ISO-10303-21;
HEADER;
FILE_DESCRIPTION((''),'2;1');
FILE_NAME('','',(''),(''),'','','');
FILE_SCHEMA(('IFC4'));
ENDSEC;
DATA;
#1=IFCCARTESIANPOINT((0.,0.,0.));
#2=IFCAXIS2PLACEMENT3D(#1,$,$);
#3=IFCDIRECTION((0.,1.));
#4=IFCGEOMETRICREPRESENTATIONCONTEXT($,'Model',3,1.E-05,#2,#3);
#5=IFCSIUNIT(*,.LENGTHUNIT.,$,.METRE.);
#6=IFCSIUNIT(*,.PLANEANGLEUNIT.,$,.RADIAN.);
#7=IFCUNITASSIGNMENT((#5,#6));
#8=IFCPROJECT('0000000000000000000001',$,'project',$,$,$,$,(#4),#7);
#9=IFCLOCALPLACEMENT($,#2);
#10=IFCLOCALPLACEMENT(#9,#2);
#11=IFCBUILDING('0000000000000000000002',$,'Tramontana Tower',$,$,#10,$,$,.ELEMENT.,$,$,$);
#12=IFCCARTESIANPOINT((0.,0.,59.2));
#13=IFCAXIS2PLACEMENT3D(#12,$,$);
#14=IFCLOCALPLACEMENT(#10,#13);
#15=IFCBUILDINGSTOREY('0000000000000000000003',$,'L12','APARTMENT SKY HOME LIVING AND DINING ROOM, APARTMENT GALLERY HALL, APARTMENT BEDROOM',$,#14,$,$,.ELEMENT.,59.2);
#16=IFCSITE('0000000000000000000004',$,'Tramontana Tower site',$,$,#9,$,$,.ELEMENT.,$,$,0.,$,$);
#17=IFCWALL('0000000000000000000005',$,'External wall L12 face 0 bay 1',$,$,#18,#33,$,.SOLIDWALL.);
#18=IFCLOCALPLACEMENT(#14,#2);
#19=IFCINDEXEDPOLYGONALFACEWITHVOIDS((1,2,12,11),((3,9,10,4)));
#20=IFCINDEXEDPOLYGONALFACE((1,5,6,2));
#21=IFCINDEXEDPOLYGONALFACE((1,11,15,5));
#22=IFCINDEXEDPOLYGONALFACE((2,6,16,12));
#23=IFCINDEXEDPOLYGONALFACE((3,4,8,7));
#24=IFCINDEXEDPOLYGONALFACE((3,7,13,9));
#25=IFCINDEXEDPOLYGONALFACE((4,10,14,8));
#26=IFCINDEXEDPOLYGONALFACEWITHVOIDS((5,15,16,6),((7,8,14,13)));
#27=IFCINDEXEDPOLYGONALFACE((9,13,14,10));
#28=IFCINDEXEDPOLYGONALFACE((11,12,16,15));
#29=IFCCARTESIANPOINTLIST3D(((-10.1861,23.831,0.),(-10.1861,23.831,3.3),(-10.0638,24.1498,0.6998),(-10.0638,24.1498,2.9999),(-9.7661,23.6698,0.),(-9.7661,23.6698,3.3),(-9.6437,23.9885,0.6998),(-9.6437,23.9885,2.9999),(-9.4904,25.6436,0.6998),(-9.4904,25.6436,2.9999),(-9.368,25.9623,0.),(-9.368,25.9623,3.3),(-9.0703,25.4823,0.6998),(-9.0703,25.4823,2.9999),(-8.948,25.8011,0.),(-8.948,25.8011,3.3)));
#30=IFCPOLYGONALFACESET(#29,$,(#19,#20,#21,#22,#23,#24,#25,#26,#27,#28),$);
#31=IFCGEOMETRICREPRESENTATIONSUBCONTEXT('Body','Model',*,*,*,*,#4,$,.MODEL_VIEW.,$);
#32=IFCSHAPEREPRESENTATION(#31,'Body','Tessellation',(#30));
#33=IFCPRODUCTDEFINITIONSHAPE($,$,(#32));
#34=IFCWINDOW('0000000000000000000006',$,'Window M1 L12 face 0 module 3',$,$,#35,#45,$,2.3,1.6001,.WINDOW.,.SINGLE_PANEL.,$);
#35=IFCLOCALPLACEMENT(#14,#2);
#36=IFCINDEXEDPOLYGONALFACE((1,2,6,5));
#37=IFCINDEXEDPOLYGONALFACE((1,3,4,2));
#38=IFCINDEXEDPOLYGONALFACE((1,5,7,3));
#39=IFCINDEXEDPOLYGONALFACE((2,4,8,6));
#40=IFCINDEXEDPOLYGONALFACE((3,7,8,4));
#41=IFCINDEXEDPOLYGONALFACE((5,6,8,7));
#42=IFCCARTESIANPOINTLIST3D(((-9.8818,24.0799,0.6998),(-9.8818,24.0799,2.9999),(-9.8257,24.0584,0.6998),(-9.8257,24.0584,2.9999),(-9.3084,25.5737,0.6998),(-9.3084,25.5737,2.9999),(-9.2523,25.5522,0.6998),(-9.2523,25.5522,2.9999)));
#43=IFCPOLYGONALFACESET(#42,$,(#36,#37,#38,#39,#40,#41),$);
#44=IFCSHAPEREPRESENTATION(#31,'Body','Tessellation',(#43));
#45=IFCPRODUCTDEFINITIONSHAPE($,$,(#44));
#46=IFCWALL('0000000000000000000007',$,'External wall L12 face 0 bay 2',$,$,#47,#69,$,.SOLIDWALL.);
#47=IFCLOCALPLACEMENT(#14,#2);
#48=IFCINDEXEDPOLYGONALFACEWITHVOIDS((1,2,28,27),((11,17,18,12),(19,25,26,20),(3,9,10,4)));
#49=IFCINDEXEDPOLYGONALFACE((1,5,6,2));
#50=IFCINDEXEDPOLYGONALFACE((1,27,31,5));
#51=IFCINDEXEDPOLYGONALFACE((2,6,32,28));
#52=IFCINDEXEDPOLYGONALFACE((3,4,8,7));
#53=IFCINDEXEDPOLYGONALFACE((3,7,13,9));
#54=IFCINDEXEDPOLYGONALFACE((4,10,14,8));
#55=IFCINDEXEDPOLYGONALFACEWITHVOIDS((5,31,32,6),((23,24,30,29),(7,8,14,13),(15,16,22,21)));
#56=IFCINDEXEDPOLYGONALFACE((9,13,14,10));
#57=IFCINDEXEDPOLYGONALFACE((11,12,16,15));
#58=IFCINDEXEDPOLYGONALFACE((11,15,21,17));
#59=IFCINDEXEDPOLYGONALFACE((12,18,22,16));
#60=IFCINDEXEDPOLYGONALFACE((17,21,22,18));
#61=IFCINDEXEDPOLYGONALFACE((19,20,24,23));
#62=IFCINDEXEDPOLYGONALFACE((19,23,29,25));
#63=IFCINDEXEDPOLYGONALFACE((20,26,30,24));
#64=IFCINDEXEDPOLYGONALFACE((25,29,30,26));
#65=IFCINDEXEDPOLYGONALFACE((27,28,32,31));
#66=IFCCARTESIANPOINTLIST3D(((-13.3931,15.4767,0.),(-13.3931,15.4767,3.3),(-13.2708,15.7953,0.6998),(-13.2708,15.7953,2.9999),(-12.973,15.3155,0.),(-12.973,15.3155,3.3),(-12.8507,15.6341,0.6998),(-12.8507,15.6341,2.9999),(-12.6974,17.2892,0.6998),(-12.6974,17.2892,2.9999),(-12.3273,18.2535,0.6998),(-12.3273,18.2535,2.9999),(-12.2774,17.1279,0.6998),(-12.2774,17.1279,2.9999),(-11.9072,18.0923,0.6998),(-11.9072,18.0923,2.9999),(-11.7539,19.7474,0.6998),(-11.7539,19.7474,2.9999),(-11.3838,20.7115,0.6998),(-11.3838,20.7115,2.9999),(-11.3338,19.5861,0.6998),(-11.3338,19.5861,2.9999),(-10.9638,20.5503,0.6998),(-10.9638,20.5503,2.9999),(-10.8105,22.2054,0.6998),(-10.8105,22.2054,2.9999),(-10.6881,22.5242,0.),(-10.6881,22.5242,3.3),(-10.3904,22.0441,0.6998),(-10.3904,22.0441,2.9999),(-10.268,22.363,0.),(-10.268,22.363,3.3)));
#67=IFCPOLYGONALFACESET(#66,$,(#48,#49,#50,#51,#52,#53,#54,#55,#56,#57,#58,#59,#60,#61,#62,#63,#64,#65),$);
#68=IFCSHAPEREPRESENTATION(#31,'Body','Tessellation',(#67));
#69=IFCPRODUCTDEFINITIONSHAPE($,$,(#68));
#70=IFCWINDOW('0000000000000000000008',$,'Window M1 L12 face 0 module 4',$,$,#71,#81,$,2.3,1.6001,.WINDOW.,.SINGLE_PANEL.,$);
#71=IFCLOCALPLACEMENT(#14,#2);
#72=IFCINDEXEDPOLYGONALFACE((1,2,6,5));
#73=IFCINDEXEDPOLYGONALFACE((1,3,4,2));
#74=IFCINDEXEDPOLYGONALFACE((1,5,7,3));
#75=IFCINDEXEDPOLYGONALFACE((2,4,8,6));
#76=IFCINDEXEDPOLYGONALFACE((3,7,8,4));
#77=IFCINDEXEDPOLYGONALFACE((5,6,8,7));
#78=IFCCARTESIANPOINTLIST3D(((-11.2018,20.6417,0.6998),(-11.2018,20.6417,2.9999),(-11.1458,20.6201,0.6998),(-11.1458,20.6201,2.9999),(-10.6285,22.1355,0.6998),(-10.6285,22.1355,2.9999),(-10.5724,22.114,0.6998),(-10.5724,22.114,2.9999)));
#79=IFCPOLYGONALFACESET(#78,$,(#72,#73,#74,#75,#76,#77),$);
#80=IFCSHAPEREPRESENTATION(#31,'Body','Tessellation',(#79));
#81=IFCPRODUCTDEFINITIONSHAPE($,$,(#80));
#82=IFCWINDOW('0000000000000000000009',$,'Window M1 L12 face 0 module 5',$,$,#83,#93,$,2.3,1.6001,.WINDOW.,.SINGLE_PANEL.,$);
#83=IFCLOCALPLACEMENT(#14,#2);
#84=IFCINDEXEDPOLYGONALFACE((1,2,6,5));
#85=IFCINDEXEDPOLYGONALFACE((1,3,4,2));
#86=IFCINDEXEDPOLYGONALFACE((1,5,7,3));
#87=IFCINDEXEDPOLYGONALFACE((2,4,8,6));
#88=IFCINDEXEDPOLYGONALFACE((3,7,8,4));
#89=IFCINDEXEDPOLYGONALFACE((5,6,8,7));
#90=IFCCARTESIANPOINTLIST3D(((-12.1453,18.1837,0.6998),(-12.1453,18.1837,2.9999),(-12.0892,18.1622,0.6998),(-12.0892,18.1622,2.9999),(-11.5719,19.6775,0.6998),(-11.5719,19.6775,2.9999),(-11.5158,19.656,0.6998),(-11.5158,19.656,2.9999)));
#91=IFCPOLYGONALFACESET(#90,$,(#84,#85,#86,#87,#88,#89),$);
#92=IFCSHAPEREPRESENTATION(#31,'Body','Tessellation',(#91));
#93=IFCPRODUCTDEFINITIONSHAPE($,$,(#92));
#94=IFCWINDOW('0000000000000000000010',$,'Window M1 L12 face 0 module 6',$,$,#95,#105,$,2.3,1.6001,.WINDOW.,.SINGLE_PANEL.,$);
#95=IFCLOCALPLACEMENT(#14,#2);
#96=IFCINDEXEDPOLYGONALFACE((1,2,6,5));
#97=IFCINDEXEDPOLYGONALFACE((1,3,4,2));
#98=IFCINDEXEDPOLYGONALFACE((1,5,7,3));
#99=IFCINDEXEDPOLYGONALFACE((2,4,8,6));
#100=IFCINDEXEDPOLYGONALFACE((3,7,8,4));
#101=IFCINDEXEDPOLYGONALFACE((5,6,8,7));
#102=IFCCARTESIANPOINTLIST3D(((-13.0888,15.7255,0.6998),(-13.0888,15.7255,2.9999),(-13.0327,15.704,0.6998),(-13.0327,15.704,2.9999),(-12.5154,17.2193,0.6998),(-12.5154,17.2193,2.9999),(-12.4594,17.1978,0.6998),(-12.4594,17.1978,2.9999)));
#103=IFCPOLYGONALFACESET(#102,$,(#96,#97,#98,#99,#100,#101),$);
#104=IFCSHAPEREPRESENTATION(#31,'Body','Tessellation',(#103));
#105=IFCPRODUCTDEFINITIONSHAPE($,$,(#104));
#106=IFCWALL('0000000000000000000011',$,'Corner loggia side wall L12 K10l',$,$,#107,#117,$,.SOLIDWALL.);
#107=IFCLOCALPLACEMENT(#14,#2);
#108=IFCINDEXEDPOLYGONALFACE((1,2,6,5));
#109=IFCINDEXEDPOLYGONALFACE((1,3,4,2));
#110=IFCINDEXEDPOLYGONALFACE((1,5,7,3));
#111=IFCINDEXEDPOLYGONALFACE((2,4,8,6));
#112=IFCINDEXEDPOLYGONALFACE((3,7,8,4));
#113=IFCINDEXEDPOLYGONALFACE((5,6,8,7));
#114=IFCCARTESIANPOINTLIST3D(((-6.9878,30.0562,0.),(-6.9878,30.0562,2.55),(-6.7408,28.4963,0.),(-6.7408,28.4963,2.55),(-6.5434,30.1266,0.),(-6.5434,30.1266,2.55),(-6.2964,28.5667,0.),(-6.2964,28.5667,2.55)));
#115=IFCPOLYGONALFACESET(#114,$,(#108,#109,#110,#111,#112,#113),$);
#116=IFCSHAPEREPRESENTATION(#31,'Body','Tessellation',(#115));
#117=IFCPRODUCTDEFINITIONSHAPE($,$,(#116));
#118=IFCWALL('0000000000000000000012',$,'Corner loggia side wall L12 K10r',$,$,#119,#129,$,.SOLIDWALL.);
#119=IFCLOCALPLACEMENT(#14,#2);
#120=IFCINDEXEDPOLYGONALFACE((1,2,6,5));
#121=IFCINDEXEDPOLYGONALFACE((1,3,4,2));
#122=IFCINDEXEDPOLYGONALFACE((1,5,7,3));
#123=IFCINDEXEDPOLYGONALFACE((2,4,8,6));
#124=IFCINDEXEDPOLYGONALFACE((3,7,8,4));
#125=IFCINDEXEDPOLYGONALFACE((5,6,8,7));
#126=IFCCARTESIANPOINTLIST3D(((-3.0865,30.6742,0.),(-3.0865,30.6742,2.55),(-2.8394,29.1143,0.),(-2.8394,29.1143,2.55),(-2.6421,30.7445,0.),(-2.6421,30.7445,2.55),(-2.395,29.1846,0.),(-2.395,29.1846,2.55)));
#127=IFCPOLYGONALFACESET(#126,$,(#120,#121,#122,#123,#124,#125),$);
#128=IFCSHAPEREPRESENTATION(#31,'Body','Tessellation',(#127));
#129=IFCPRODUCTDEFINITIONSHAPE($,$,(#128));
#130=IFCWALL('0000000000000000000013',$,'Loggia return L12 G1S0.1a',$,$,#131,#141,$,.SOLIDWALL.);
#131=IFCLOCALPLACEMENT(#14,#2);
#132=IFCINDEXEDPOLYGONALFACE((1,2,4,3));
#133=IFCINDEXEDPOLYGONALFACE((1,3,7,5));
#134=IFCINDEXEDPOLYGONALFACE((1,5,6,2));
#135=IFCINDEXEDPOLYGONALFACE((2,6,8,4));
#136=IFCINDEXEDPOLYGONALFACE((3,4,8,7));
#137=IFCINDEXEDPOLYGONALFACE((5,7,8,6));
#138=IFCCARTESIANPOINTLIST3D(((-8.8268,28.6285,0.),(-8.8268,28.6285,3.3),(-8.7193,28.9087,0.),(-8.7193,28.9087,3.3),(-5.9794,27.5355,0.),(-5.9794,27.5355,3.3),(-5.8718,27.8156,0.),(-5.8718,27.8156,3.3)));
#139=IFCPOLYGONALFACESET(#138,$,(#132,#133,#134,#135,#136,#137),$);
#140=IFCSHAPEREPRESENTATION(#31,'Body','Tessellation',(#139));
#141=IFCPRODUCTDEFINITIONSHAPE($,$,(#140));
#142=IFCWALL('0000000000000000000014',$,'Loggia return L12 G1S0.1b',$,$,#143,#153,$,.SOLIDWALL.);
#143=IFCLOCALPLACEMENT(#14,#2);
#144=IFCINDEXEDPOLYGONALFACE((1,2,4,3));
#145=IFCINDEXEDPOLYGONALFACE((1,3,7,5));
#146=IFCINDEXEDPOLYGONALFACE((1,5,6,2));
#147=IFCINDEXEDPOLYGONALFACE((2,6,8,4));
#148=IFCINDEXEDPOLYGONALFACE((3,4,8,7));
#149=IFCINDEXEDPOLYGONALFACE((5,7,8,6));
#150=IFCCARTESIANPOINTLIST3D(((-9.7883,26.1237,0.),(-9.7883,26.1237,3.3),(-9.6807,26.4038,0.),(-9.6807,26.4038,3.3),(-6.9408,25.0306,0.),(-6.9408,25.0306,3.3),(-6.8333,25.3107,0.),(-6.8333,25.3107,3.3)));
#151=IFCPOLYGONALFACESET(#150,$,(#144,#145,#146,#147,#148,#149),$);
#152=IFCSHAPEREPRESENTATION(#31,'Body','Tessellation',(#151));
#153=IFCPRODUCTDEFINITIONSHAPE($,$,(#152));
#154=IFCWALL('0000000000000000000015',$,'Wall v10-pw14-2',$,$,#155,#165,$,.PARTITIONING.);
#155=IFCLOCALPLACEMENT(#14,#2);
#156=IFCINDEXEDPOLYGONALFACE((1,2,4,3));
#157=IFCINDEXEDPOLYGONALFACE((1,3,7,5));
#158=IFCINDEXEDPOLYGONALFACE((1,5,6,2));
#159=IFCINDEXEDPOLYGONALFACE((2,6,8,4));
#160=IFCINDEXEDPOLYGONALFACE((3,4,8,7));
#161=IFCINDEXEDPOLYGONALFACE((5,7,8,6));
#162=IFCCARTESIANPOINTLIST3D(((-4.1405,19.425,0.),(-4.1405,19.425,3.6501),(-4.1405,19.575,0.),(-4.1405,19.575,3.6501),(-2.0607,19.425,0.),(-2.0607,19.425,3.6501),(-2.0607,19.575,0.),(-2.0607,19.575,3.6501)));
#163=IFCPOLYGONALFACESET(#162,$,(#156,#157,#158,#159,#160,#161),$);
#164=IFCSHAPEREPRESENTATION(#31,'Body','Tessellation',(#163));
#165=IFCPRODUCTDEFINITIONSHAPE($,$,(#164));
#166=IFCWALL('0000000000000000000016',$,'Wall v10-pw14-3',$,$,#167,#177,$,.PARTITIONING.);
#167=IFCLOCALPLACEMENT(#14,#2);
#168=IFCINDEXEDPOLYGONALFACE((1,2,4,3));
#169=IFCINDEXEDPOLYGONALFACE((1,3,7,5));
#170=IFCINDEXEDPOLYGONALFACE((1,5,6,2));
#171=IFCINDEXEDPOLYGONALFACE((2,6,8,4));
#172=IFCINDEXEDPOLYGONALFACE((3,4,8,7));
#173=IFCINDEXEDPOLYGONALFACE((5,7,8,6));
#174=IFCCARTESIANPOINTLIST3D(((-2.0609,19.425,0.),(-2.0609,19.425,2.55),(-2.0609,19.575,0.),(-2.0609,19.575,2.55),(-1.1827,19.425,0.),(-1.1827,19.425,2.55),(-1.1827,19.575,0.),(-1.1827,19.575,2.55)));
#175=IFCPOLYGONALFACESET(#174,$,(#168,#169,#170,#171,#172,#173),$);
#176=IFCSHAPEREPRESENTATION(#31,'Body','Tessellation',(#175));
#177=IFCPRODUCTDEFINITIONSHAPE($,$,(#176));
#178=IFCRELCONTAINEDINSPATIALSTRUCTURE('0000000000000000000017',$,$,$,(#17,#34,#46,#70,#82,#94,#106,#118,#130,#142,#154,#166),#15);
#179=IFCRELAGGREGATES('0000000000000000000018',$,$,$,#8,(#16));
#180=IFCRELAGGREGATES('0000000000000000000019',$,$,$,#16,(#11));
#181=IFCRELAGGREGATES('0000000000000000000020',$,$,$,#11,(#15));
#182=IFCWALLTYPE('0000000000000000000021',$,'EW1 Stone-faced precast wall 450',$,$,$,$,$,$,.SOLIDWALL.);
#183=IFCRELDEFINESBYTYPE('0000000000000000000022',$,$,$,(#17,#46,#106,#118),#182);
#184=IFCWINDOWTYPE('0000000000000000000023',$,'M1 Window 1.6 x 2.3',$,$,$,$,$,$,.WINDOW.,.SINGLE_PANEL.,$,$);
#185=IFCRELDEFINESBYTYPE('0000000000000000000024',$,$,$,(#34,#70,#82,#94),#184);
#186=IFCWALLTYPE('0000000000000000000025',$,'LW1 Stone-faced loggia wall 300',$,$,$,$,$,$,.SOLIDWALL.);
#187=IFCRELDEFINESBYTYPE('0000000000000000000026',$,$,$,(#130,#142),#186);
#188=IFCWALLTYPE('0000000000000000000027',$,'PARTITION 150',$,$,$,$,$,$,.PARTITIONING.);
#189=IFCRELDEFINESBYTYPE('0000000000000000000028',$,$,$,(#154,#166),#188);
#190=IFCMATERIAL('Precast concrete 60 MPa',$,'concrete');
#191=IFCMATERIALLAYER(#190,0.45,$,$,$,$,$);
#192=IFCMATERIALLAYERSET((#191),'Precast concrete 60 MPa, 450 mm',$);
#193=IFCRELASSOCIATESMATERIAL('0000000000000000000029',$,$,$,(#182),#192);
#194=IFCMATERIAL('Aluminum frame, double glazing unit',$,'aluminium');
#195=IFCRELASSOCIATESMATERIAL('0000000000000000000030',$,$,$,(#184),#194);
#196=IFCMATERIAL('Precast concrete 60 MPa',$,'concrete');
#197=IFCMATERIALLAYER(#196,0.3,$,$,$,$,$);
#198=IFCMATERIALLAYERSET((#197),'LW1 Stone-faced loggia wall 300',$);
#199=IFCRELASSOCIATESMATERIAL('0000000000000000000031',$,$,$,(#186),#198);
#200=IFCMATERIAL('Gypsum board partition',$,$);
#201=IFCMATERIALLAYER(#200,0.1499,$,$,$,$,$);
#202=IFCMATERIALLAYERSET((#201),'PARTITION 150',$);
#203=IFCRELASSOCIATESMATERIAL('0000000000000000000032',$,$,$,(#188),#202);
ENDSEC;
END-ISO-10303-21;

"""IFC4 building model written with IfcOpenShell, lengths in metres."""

from ifc_helpers import new_model, si_unit, direction, frame, frame_2d, origin, place, context, subcontext, project, spatial, rectangle, extrude, material, layer, layer_set, type_object, element, fill, save


model = new_model("IFC4")

# Units and contexts
model_context = context("Model", 3, precision=1e-05, world=origin(), true_north=direction((0.0, 1.0)))
body_context = subcontext(model_context, "Body", "Model", "MODEL_VIEW")
ifc_project = project(units=[si_unit("LENGTHUNIT", "METRE"), si_unit("PLANEANGLEUNIT", "RADIAN")], contexts=[model_context])

# Site, building, storey
site_placement = place(None, origin())
site = spatial("IfcSite", under=ifc_project, at=site_placement, Name="Tramontana Tower site", CompositionType="ELEMENT", RefElevation=0.0)
building_placement = place(site_placement, origin())
building = spatial("IfcBuilding", under=site, at=building_placement, Name="Tramontana Tower", CompositionType="ELEMENT")
storey_placement = place(building_placement, frame((0.0, 0.0, 59.2)))
storey = spatial("IfcBuildingStorey", under=building, at=storey_placement, Name="L12", Description="APARTMENT SKY HOME LIVING AND DINING ROOM, APARTMENT GALLERY HALL, APARTMENT BEDROOM", CompositionType="ELEMENT", Elevation=59.2)

# Wall, opening, window
ifc_material_1 = material(Name="Precast concrete 60 MPa", Category="concrete")
ifc_layer_1 = layer(ifc_material_1, 0.45)
ifc_layer_set_1 = layer_set([ifc_layer_1], Name="Precast concrete 60 MPa, 450 mm")
wall_type_1 = type_object("IfcWallType", Name="EW1 Stone-faced precast wall 450", PredefinedType="SOLIDWALL", material=ifc_layer_set_1)
wall_1_placement = place(storey_placement, frame((-9.158, 25.8818, 0.0), z_axis=(0.0, 0.0, 1.0), x_axis=(-0.358356, -0.933585, 0.0)))
wall_1 = element("IfcWall", 1, at=wall_1_placement, inside=storey, type_object=wall_type_1, Name="External wall L12 face 0 bay 1", PredefinedType="SOLIDWALL", context=body_context, shape_type="SweptSolid", body=[
    extrude(rectangle(XDim=2.283, YDim=0.45, at=frame_2d((1.1416, 0.0))), origin(), (0.0, 0.0, 1.0), 3.3),
])
opening_1_placement = place(wall_1_placement, frame((0.3416, 0.0, 0.7)))
opening_1 = element("IfcOpeningElement", 2, at=opening_1_placement, cuts=wall_1, PredefinedType="OPENING", context=body_context, shape_type="SweptSolid", body=[
    extrude(rectangle(XDim=1.6001, YDim=2.3, at=frame_2d((0.8, 1.1499))), frame((0.0, 0.2349, 0.0), z_axis=(0.0, -1.0, 0.0), x_axis=(1.0, 0.0, 0.0)), (0.0, 0.0, 1.0), 0.47),
])
ifc_material_2 = material(Name="Aluminum frame, double glazing unit", Category="aluminium")
window_type_1 = type_object("IfcWindowType", Name="M1 Window 1.6 x 2.3", PartitioningType="SINGLE_PANEL", PredefinedType="WINDOW", material=ifc_material_2)
window_1_placement = place(opening_1_placement, origin())
window_1 = element("IfcWindow", 3, at=window_1_placement, inside=storey, type_object=window_type_1, Name="Window M1 L12 face 0 module 3", OverallHeight=2.3, OverallWidth=1.6001, PartitioningType="SINGLE_PANEL", PredefinedType="WINDOW", context=body_context, shape_type="SweptSolid", body=[
    extrude(rectangle(XDim=1.6001, YDim=2.3, at=frame_2d((0.8, 1.1499))), frame((0.0, 0.03, 0.0), z_axis=(0.0, -1.0, 0.0), x_axis=(1.0, 0.0, 0.0)), (0.0, 0.0, 1.0), 0.0601),
])
fill(opening_1, window_1)

# Wall, openings, windows
wall_2_placement = place(storey_placement, frame((-10.478, 22.4436, 0.0), z_axis=(0.0, 0.0, 1.0), x_axis=(-0.35834, -0.933591, 0.0)))
wall_2 = element("IfcWall", 4, at=wall_2_placement, inside=storey, type_object=wall_type_1, Name="External wall L12 face 0 bay 2", PredefinedType="SOLIDWALL", context=body_context, shape_type="SweptSolid", body=[
    extrude(rectangle(XDim=7.5488, YDim=0.45, at=frame_2d((3.7744, 0.0))), origin(), (0.0, 0.0, 1.0), 3.3),
])
opening_2_placement = place(wall_2_placement, frame((0.3416, 0.0, 0.7)))
opening_2 = element("IfcOpeningElement", 5, at=opening_2_placement, cuts=wall_2, PredefinedType="OPENING", context=body_context, shape_type="SweptSolid", body=[
    extrude(rectangle(XDim=1.6001, YDim=2.3, at=frame_2d((0.8, 1.1499))), frame((0.0, 0.2349, 0.0), z_axis=(0.0, -1.0, 0.0), x_axis=(1.0, 0.0, 0.0)), (0.0, 0.0, 1.0), 0.47),
])
opening_3_placement = place(wall_2_placement, frame((2.9744, 0.0, 0.7)))
opening_3 = element("IfcOpeningElement", 6, at=opening_3_placement, cuts=wall_2, PredefinedType="OPENING", context=body_context, shape_type="SweptSolid", body=[
    extrude(rectangle(XDim=1.6001, YDim=2.3, at=frame_2d((0.8, 1.1499))), frame((0.0, 0.2349, 0.0), z_axis=(0.0, -1.0, 0.0), x_axis=(1.0, 0.0, 0.0)), (0.0, 0.0, 1.0), 0.47),
])
opening_4_placement = place(wall_2_placement, frame((5.6074, 0.0, 0.7)))
opening_4 = element("IfcOpeningElement", 7, at=opening_4_placement, cuts=wall_2, PredefinedType="OPENING", context=body_context, shape_type="SweptSolid", body=[
    extrude(rectangle(XDim=1.6001, YDim=2.3, at=frame_2d((0.8, 1.1499))), frame((0.0, 0.2349, 0.0), z_axis=(0.0, -1.0, 0.0), x_axis=(1.0, 0.0, 0.0)), (0.0, 0.0, 1.0), 0.47),
])
window_2_placement = place(opening_2_placement, origin())
window_2 = element("IfcWindow", 8, at=window_2_placement, inside=storey, type_object=window_type_1, Name="Window M1 L12 face 0 module 4", OverallHeight=2.3, OverallWidth=1.6001, PartitioningType="SINGLE_PANEL", PredefinedType="WINDOW", context=body_context, shape_type="SweptSolid", body=[
    extrude(rectangle(XDim=1.6001, YDim=2.3, at=frame_2d((0.8, 1.1499))), frame((0.0, 0.03, 0.0), z_axis=(0.0, -1.0, 0.0), x_axis=(1.0, 0.0, 0.0)), (0.0, 0.0, 1.0), 0.0601),
])
fill(opening_2, window_2)
window_3_placement = place(opening_3_placement, origin())
window_3 = element("IfcWindow", 9, at=window_3_placement, inside=storey, type_object=window_type_1, Name="Window M1 L12 face 0 module 5", OverallHeight=2.3, OverallWidth=1.6001, PartitioningType="SINGLE_PANEL", PredefinedType="WINDOW", context=body_context, shape_type="SweptSolid", body=[
    extrude(rectangle(XDim=1.6001, YDim=2.3, at=frame_2d((0.8, 1.1499))), frame((0.0, 0.03, 0.0), z_axis=(0.0, -1.0, 0.0), x_axis=(1.0, 0.0, 0.0)), (0.0, 0.0, 1.0), 0.0601),
])
fill(opening_3, window_3)
window_4_placement = place(opening_4_placement, origin())
window_4 = element("IfcWindow", 10, at=window_4_placement, inside=storey, type_object=window_type_1, Name="Window M1 L12 face 0 module 6", OverallHeight=2.3, OverallWidth=1.6001, PartitioningType="SINGLE_PANEL", PredefinedType="WINDOW", context=body_context, shape_type="SweptSolid", body=[
    extrude(rectangle(XDim=1.6001, YDim=2.3, at=frame_2d((0.8, 1.1499))), frame((0.0, 0.03, 0.0), z_axis=(0.0, -1.0, 0.0), x_axis=(1.0, 0.0, 0.0)), (0.0, 0.0, 1.0), 0.0601),
])
fill(opening_4, window_4)

# Walls
for number, where, z_axis, x_axis, name in (
    (11, (-6.7656, 30.0913, 0.0), (0.0, 0.0, 1.0), (0.156447, -0.987686, 0.0), "Corner loggia side wall L12 K10l"),
    (12, (-2.8643, 30.7092, 0.0), (0.0, 0.0, 1.0), (0.156447, -0.987686, 0.0), "Corner loggia side wall L12 K10r"),
):
    element("IfcWall", number, at=place(storey_placement, frame(where, z_axis=z_axis, x_axis=x_axis)), inside=storey, type_object=wall_type_1, Name=name, PredefinedType="SOLIDWALL", context=body_context, shape_type="SweptSolid", body=[
        extrude(rectangle(XDim=1.5793, YDim=0.45, at=frame_2d((0.7896, 0.0))), origin(), (0.0, 0.0, 1.0), 2.55),
    ])

# Shared definitions
ifc_material_3 = material(Name="Precast concrete 60 MPa", Category="concrete")
ifc_layer_2 = layer(ifc_material_3, 0.3)
ifc_layer_set_2 = layer_set([ifc_layer_2], Name="LW1 Stone-faced loggia wall 300")
wall_type_2 = type_object("IfcWallType", Name="LW1 Stone-faced loggia wall 300", PredefinedType="SOLIDWALL", material=ifc_layer_set_2)

# Walls
for number, where, z_axis, x_axis, name in (
    (13, (-8.7729, 28.7686, 0.0), (0.0, 0.0, 1.0), (0.933581, -0.358368, 0.0), "Loggia return L12 G1S0.1a"),
    (14, (-9.7344, 26.2637, 0.0), (0.0, 0.0, 1.0), (0.933581, -0.358368, 0.0), "Loggia return L12 G1S0.1b"),
):
    element("IfcWall", number, at=place(storey_placement, frame(where, z_axis=z_axis, x_axis=x_axis)), inside=storey, type_object=wall_type_2, Name=name, PredefinedType="SOLIDWALL", context=body_context, shape_type="SweptSolid", body=[
        extrude(rectangle(XDim=3.05, YDim=0.3, at=frame_2d((1.5249, 0.0))), origin(), (0.0, 0.0, 1.0), 3.3),
    ])

# Shared definitions
ifc_material_4 = material(Name="Gypsum board partition")
ifc_layer_3 = layer(ifc_material_4, 0.1499)
ifc_layer_set_3 = layer_set([ifc_layer_3], Name="PARTITION 150")
wall_type_3 = type_object("IfcWallType", Name="PARTITION 150", PredefinedType="PARTITIONING", material=ifc_layer_set_3)

# Walls
wall_3_placement = place(storey_placement, frame((-4.1406, 19.5, 0.0), z_axis=(0.0, 0.0, 1.0), x_axis=(1.0, 0.0, 0.0)))
element("IfcWall", 15, at=wall_3_placement, inside=storey, type_object=wall_type_3, Name="Wall v10-pw14-2", PredefinedType="PARTITIONING", context=body_context, shape_type="SweptSolid", body=[
    extrude(rectangle(XDim=2.0798, YDim=0.1499, at=frame_2d((1.04, 0.0))), origin(), (0.0, 0.0, 1.0), 3.6501),
])
wall_4_placement = place(storey_placement, frame((-2.0608, 19.5, 0.0), z_axis=(0.0, 0.0, 1.0), x_axis=(1.0, 0.0, 0.0)))
element("IfcWall", 16, at=wall_4_placement, inside=storey, type_object=wall_type_3, Name="Wall v10-pw14-3", PredefinedType="PARTITIONING", context=body_context, shape_type="SweptSolid", body=[
    extrude(rectangle(XDim=0.8782, YDim=0.1499, at=frame_2d((0.439, 0.0))), origin(), (0.0, 0.0, 1.0), 2.55),
])

save(model, "model.ifc")
